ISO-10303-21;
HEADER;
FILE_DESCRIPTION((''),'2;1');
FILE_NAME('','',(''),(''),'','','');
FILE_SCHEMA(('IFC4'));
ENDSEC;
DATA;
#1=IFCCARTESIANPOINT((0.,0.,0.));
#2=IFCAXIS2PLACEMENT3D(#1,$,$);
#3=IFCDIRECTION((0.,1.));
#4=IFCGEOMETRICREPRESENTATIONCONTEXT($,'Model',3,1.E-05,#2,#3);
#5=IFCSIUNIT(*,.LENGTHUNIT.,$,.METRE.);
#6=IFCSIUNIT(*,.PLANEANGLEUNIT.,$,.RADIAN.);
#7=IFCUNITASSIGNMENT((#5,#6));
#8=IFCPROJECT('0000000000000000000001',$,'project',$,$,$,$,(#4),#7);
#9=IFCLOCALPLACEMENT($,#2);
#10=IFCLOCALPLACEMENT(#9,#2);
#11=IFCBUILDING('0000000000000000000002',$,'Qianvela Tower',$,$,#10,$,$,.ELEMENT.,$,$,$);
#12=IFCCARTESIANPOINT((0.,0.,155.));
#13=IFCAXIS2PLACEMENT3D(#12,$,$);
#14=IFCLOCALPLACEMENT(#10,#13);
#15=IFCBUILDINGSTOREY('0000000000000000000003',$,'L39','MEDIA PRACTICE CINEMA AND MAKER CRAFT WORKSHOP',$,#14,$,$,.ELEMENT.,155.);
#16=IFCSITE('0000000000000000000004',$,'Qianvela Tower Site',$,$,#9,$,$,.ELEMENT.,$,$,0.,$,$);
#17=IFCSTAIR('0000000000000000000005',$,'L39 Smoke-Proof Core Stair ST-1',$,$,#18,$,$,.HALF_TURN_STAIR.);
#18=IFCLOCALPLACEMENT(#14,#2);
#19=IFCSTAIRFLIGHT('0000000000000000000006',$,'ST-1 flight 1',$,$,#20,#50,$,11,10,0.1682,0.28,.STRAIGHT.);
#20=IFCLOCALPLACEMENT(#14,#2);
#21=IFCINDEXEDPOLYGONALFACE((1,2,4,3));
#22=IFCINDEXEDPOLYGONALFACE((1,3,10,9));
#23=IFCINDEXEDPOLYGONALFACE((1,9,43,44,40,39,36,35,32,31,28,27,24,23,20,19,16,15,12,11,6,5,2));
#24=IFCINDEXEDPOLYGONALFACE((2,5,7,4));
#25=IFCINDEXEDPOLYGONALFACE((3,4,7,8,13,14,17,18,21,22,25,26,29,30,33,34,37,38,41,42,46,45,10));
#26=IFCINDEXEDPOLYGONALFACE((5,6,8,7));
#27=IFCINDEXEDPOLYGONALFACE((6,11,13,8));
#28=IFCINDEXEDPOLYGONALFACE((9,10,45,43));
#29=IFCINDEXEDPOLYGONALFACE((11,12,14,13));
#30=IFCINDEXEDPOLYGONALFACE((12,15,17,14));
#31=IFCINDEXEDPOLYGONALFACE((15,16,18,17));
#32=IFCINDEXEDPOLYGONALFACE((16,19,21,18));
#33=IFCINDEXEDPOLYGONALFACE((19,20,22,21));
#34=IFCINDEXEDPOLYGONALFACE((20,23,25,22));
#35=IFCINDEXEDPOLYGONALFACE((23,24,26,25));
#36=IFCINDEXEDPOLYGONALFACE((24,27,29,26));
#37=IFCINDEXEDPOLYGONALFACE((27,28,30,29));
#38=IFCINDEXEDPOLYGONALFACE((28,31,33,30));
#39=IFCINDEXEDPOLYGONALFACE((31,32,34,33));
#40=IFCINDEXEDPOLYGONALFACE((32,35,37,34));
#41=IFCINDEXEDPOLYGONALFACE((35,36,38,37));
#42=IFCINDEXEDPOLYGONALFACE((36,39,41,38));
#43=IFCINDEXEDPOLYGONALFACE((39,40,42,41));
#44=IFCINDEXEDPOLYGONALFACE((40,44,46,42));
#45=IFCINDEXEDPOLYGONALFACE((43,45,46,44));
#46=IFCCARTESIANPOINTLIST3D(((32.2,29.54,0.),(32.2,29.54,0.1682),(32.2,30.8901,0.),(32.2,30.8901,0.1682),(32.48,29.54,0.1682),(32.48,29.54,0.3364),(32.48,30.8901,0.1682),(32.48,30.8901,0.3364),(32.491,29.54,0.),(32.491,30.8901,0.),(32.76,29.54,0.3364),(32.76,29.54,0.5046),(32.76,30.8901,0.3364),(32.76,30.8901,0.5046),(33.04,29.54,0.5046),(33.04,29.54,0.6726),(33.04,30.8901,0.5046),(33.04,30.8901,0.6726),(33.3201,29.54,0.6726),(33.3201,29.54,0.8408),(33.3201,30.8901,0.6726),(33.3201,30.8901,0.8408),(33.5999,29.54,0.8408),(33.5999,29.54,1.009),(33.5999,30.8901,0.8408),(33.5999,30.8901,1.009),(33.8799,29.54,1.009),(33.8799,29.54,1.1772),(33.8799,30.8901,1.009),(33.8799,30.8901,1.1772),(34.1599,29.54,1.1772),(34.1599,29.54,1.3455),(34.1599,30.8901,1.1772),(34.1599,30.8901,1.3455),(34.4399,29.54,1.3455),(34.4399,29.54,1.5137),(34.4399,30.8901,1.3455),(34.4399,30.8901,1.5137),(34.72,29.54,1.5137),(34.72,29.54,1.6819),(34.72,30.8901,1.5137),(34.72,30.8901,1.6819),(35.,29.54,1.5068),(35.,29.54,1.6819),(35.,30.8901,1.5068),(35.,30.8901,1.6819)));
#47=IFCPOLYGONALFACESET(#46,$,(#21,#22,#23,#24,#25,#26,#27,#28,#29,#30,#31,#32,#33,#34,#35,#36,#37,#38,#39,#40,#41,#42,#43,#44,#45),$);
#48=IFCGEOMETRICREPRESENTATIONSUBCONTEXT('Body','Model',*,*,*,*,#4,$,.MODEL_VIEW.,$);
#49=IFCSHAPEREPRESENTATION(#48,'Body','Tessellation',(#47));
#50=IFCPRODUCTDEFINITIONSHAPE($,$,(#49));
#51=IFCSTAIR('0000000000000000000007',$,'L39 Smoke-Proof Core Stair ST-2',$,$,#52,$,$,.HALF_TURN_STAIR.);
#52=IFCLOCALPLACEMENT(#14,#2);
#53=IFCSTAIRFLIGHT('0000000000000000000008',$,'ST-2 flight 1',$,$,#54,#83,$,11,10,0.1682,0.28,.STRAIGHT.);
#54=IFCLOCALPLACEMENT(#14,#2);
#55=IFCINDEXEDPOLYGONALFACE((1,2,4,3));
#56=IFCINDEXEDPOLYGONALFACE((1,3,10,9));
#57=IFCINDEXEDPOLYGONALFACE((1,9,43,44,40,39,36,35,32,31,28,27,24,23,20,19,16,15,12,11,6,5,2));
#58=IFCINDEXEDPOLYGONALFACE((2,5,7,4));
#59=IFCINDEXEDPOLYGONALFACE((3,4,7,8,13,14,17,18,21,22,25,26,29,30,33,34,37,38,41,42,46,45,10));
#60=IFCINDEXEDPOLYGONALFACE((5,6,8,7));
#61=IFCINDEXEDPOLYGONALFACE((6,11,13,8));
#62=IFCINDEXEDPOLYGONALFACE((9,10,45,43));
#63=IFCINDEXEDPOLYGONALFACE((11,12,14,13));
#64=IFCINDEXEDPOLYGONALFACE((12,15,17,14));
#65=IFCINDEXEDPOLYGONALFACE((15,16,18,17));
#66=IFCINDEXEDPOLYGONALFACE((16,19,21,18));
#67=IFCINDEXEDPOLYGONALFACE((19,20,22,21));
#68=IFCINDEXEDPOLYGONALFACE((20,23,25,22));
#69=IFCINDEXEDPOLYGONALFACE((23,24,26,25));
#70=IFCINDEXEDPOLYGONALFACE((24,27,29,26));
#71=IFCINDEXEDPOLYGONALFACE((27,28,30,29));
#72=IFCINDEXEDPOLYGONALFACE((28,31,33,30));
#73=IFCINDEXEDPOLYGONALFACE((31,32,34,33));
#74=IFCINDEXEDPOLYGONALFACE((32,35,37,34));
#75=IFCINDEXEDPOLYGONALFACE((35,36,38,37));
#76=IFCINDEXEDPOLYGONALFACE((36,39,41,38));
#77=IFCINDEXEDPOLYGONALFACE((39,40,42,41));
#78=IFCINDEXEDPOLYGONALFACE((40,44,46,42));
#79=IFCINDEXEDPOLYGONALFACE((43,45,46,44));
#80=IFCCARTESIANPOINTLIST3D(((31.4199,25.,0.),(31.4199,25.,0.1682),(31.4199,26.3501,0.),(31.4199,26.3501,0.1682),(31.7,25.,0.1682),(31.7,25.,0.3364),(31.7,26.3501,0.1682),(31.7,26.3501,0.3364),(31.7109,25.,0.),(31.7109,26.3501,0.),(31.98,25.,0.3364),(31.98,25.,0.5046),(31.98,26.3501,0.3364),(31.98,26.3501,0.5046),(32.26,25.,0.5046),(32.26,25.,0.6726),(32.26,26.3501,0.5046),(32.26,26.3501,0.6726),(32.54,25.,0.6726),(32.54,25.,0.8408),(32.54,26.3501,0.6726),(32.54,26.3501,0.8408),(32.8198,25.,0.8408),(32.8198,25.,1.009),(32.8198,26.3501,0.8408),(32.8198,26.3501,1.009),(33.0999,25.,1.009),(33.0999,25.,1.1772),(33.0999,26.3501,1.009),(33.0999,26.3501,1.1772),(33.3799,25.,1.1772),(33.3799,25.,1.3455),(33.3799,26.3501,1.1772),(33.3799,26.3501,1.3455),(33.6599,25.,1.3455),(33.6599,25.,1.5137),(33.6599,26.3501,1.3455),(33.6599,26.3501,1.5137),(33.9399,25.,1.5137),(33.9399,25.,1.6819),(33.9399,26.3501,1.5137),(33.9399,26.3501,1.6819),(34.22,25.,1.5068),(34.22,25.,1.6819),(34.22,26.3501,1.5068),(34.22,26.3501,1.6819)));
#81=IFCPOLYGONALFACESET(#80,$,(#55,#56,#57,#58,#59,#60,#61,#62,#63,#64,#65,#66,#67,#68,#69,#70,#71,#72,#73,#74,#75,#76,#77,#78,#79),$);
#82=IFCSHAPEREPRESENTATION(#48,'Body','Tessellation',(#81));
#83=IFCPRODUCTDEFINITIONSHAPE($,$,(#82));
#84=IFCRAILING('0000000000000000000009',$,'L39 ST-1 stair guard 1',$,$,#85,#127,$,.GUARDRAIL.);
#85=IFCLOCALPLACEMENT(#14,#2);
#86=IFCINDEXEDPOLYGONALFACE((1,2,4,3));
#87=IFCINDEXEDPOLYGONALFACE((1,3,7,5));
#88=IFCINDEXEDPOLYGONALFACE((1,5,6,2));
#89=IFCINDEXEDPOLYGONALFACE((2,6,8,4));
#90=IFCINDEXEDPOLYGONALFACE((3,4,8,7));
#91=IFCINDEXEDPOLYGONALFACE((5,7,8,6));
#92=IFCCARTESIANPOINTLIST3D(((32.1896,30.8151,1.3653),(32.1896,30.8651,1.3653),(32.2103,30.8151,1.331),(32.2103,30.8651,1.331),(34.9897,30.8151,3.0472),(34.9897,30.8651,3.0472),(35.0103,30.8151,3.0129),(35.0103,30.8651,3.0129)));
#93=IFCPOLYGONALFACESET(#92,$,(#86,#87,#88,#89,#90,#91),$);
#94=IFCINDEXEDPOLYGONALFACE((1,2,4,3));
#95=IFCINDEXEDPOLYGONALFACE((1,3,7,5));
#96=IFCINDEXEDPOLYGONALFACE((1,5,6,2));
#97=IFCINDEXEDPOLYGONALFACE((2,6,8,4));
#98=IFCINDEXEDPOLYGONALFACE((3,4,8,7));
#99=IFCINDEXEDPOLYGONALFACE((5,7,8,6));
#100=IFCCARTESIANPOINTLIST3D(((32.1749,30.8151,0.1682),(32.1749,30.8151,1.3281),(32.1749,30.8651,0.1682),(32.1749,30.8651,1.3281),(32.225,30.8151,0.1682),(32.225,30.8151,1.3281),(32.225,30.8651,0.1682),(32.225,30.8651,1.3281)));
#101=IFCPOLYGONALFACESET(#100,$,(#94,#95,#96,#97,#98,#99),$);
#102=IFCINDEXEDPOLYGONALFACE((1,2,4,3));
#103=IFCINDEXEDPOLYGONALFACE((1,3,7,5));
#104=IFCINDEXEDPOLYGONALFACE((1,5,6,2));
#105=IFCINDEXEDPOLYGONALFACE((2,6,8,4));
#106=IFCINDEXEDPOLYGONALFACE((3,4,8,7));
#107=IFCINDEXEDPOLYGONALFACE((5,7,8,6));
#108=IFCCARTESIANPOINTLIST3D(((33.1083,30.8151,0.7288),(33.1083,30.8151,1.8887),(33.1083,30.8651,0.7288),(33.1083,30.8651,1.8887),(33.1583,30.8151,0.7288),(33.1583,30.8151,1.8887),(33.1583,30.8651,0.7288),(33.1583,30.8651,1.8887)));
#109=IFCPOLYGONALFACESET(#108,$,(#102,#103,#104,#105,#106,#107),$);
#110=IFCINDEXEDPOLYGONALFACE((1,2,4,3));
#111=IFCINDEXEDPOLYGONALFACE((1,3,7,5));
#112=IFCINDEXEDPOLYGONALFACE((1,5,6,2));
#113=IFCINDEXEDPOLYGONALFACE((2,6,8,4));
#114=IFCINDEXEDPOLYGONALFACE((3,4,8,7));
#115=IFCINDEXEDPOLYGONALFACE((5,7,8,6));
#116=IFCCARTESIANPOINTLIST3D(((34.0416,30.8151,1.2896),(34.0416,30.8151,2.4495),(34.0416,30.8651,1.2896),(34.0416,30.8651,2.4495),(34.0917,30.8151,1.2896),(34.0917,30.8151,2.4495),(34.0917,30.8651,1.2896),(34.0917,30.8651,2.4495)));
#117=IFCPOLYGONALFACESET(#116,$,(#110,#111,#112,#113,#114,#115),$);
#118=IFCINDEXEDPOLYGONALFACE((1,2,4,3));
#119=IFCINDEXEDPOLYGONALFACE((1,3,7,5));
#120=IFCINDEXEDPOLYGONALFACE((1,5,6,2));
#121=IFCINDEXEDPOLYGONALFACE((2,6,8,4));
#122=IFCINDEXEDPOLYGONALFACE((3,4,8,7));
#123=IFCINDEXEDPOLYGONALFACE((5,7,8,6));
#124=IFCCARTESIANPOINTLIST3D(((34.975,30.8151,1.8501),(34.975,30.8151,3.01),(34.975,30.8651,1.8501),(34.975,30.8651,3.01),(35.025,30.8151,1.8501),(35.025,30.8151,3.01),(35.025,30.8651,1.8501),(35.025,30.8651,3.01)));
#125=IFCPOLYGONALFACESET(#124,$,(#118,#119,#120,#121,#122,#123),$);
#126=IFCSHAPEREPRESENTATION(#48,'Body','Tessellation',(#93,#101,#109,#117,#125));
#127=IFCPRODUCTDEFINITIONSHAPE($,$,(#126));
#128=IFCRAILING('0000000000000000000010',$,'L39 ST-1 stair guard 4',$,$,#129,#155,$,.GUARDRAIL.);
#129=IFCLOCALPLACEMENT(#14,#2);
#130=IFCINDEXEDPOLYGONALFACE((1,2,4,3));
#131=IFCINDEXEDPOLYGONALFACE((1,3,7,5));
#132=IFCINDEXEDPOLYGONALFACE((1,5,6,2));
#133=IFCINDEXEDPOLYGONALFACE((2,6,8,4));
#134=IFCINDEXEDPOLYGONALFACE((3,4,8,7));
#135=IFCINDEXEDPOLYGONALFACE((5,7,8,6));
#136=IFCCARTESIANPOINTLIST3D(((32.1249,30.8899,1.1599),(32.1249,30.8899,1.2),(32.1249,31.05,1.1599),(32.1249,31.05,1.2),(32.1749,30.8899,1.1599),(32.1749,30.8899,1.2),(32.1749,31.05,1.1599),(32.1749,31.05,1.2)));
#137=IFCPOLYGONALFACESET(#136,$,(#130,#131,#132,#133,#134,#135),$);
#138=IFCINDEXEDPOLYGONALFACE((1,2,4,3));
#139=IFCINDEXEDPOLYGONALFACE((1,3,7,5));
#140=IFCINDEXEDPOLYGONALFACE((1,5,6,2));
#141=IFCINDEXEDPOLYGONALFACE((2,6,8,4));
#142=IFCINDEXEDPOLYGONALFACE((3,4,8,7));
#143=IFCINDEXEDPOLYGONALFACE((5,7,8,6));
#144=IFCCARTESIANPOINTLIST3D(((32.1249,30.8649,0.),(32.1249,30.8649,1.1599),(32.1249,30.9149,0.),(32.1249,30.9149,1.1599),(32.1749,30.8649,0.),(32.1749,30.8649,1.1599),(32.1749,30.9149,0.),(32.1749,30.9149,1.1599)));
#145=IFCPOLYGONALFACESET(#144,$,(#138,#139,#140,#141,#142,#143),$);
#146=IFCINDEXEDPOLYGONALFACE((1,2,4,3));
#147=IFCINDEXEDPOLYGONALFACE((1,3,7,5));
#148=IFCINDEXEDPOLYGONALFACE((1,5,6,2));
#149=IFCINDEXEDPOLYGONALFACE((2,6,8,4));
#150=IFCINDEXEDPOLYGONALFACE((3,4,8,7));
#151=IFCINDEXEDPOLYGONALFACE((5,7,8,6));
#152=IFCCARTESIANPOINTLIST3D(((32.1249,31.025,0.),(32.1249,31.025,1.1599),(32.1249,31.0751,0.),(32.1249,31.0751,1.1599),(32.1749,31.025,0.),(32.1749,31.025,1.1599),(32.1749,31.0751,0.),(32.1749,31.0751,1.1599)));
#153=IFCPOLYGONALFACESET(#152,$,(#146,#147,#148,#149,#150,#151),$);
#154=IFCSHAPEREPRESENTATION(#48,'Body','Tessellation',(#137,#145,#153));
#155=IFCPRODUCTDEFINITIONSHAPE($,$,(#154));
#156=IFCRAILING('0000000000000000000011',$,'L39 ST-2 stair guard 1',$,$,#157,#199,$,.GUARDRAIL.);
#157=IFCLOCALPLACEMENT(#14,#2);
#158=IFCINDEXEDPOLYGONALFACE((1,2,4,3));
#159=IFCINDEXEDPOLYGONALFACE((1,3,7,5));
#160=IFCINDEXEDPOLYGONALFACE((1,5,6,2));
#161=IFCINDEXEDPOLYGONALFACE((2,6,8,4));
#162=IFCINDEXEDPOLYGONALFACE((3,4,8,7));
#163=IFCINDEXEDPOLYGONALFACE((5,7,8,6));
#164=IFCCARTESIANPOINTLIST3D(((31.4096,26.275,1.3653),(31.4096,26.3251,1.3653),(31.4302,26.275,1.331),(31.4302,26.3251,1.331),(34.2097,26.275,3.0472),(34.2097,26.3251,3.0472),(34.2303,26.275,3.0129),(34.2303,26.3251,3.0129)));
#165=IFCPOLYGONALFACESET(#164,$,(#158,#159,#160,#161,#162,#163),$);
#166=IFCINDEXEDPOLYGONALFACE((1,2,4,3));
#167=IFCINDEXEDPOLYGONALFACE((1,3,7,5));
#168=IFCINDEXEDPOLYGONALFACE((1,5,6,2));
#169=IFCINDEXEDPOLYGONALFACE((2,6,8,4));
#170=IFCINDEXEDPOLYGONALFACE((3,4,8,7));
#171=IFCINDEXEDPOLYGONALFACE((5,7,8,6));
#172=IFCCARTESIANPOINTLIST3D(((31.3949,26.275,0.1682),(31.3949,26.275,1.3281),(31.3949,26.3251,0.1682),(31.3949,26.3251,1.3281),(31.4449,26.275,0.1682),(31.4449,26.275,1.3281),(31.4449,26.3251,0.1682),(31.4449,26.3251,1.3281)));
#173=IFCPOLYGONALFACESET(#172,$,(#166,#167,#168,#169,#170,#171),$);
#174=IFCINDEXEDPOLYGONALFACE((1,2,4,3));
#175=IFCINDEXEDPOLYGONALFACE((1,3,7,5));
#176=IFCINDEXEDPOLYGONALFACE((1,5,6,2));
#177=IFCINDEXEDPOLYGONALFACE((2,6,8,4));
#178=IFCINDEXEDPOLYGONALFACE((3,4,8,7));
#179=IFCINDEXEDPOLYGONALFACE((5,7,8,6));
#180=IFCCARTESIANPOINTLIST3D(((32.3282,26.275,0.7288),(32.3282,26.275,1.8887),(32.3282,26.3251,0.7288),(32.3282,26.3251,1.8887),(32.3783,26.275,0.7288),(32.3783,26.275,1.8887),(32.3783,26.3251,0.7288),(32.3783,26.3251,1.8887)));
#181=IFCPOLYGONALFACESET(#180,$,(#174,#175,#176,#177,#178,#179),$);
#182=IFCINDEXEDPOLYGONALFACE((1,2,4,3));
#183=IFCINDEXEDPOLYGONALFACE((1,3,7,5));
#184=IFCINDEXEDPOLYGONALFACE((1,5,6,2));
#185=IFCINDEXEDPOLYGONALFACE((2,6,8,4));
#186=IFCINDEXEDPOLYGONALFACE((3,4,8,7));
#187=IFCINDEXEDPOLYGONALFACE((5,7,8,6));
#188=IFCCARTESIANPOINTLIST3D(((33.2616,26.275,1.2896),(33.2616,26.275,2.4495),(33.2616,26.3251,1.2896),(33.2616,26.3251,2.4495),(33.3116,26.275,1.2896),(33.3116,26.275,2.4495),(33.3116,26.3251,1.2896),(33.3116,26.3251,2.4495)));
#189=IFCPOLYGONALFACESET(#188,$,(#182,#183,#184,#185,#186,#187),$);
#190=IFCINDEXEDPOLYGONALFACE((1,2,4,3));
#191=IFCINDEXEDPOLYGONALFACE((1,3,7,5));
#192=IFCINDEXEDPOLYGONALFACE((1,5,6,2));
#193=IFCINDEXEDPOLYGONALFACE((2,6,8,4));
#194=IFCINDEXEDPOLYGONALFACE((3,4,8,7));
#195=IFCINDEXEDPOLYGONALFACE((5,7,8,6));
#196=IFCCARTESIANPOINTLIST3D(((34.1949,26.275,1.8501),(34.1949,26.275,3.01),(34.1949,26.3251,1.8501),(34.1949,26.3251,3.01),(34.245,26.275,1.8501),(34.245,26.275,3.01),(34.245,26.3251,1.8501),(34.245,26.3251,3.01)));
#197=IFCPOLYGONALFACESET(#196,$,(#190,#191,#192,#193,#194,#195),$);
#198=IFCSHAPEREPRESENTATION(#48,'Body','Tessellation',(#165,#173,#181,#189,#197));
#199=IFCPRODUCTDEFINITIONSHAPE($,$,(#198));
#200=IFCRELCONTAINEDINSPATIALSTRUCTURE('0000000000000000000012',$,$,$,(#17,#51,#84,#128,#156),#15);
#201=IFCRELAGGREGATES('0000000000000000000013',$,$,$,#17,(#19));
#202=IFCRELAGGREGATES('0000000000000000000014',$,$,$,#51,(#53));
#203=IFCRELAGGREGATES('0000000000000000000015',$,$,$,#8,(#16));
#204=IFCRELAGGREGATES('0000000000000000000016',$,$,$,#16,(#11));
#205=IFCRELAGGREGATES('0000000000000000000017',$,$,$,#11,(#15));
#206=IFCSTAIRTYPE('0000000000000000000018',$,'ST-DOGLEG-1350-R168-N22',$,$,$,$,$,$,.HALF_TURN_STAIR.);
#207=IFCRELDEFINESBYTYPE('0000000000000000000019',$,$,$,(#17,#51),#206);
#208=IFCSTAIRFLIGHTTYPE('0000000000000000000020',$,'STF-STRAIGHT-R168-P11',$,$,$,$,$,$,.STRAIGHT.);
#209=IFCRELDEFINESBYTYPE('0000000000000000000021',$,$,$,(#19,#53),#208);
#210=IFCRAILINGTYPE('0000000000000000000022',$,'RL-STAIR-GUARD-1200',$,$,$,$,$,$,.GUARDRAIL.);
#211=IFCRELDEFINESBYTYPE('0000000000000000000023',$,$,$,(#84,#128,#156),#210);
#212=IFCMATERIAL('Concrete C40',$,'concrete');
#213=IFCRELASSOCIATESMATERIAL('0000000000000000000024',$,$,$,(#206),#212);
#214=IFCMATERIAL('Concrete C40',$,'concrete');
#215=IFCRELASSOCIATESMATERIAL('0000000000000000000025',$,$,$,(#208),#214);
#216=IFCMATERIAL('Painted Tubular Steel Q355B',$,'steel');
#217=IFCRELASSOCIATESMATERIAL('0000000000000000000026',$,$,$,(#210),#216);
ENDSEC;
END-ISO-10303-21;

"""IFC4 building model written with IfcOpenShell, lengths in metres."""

from ifc_helpers import new_model, si_unit, direction, frame, origin, origin_2d, place, context, subcontext, project, spatial, polyline, rectangle, outline, extrude, material, type_object, element, aggregate, save


model = new_model("IFC4")

# Units and contexts
model_context = context("Model", 3, precision=1e-05, world=origin(), true_north=direction((0.0, 1.0)))
body_context = subcontext(model_context, "Body", "Model", "MODEL_VIEW")
ifc_project = project(units=[si_unit("LENGTHUNIT", "METRE"), si_unit("PLANEANGLEUNIT", "RADIAN")], contexts=[model_context])

# Site, building, storey
site_placement = place(None, origin())
site = spatial("IfcSite", under=ifc_project, at=site_placement, Name="Qianvela Tower Site", CompositionType="ELEMENT", RefElevation=0.0)
building_placement = place(site_placement, origin())
building = spatial("IfcBuilding", under=site, at=building_placement, Name="Qianvela Tower", CompositionType="ELEMENT")
storey_placement = place(building_placement, frame((0.0, 0.0, 155.0)))
storey = spatial("IfcBuildingStorey", under=building, at=storey_placement, Name="L39", Description="MEDIA PRACTICE CINEMA AND MAKER CRAFT WORKSHOP", CompositionType="ELEMENT", Elevation=155.0)

# Stairs, stair flights
ifc_material_1 = material(Name="Concrete C40", Category="concrete")
stair_type = type_object("IfcStairType", Name="ST-DOGLEG-1350-R168-N22", PredefinedType="HALF_TURN_STAIR", material=ifc_material_1)
stair_1_placement = place(storey_placement, origin())
stair_1 = element("IfcStair", 1, at=stair_1_placement, inside=storey, type_object=stair_type, Name="L39 Smoke-Proof Core Stair ST-1", PredefinedType="HALF_TURN_STAIR")
ifc_material_2 = material(Name="Concrete C40", Category="concrete")
stair_flight_type = type_object("IfcStairFlightType", Name="STF-STRAIGHT-R168-P11", PredefinedType="STRAIGHT", material=ifc_material_2)
stair_flight_1_placement = place(storey_placement, frame((32.2, 30.2151, 0.0), z_axis=(0.0, 0.0, 1.0), x_axis=(1.0, 0.0, 0.0)))
stair_flight_1 = element("IfcStairFlight", 2, at=stair_flight_1_placement, type_object=stair_flight_type, Name="ST-1 flight 1", NumberOfRisers=11, NumberOfTreads=10, PredefinedType="STRAIGHT", RiserHeight=0.1682, TreadLength=0.28, context=body_context, shape_type="SweptSolid", body=[
    extrude(outline(polyline([(0.0, 0.0), (0.0, 0.1682), (0.28, 0.1682), (0.28, 0.3364), (0.5601, 0.3364), (0.5601, 0.5046), (0.8401, 0.5046), (0.8401, 0.6726), (1.1201, 0.6726), (1.1201, 0.8408), (1.3999, 0.8408), (1.3999, 1.009), (1.6799, 1.009), (1.6799, 1.1772), (1.96, 1.1772), (1.96, 1.3455), (2.24, 1.3455), (2.24, 1.5137), (2.52, 1.5137), (2.52, 1.6819), (2.8, 1.6819), (2.8, 1.8501), (2.8, 1.5068), (0.291, 0.0), (0.0, 0.0)])), frame((0.0, 0.675, 0.0), z_axis=(0.0, -1.0, 0.0), x_axis=(1.0, 0.0, 0.0)), (0.0, 0.0, 1.0), 1.3501),
])
aggregate(stair_1, [stair_flight_1])
stair_2_placement = place(storey_placement, origin())
stair_2 = element("IfcStair", 3, at=stair_2_placement, inside=storey, type_object=stair_type, Name="L39 Smoke-Proof Core Stair ST-2", PredefinedType="HALF_TURN_STAIR")
stair_flight_2_placement = place(storey_placement, frame((31.4199, 25.675, 0.0), z_axis=(0.0, 0.0, 1.0), x_axis=(1.0, 0.0, 0.0)))
stair_flight_2 = element("IfcStairFlight", 4, at=stair_flight_2_placement, type_object=stair_flight_type, Name="ST-2 flight 1", NumberOfRisers=11, NumberOfTreads=10, PredefinedType="STRAIGHT", RiserHeight=0.1682, TreadLength=0.28, context=body_context, shape_type="SweptSolid", body=[
    extrude(outline(polyline([(0.0, 0.0), (0.0, 0.1682), (0.28, 0.1682), (0.28, 0.3364), (0.5601, 0.3364), (0.5601, 0.5046), (0.8401, 0.5046), (0.8401, 0.6726), (1.1201, 0.6726), (1.1201, 0.8408), (1.3999, 0.8408), (1.3999, 1.009), (1.6799, 1.009), (1.6799, 1.1772), (1.96, 1.1772), (1.96, 1.3455), (2.24, 1.3455), (2.24, 1.5137), (2.52, 1.5137), (2.52, 1.6819), (2.8, 1.6819), (2.8, 1.8501), (2.8, 1.5068), (0.291, 0.0), (0.0, 0.0)])), frame((0.0, 0.675, 0.0), z_axis=(0.0, -1.0, 0.0), x_axis=(1.0, 0.0, 0.0)), (0.0, 0.0, 1.0), 1.3501),
])
aggregate(stair_2, [stair_flight_2])

# Railings
ifc_material_3 = material(Name="Painted Tubular Steel Q355B", Category="steel")
railing_type_1 = type_object("IfcRailingType", Name="RL-STAIR-GUARD-1200", PredefinedType="GUARDRAIL", material=ifc_material_3)
railing_1_placement = place(storey_placement, frame((32.2, 30.8401, 0.1682)))
element("IfcRailing", 5, at=railing_1_placement, inside=storey, type_object=railing_type_1, Name="L39 ST-1 stair guard 1", PredefinedType="GUARDRAIL", context=body_context, shape_type="SweptSolid", body=[
    extrude(rectangle(XDim=0.05, YDim=0.04, at=origin_2d()), frame((0.0, 0.0, 1.1799), z_axis=(0.857242, 0.0, 0.514913), x_axis=(0.0, 1.0, 0.0)), (0.0, 0.0, 1.0), 3.2664),
    extrude(rectangle(XDim=0.05, YDim=0.05, at=origin_2d()), origin(), (0.0, 0.0, 1.0), 1.1599),
    extrude(rectangle(XDim=0.05, YDim=0.05, at=origin_2d()), frame((0.9333, 0.0, 0.5605)), (0.0, 0.0, 1.0), 1.1599),
    extrude(rectangle(XDim=0.05, YDim=0.05, at=origin_2d()), frame((1.8667, 0.0, 1.1213)), (0.0, 0.0, 1.0), 1.1599),
    extrude(rectangle(XDim=0.05, YDim=0.05, at=origin_2d()), frame((2.8, 0.0, 1.6819)), (0.0, 0.0, 1.0), 1.1599),
])
railing_2_placement = place(storey_placement, frame((32.1499, 30.8899, 0.0)))
element("IfcRailing", 6, at=railing_2_placement, inside=storey, type_object=railing_type_1, Name="L39 ST-1 stair guard 4", PredefinedType="GUARDRAIL", context=body_context, shape_type="SweptSolid", body=[
    extrude(rectangle(XDim=0.05, YDim=0.04, at=origin_2d()), frame((0.0, 0.0, 1.1799), z_axis=(0.0, 1.0, 0.0), x_axis=(-1.0, 0.0, 0.0)), (0.0, 0.0, 1.0), 0.1602),
    extrude(rectangle(XDim=0.05, YDim=0.05, at=origin_2d()), origin(), (0.0, 0.0, 1.0), 1.1599),
    extrude(rectangle(XDim=0.05, YDim=0.05, at=origin_2d()), frame((0.0, 0.1602, 0.0)), (0.0, 0.0, 1.0), 1.1599),
])
railing_3_placement = place(storey_placement, frame((31.4199, 26.3, 0.1682)))
element("IfcRailing", 7, at=railing_3_placement, inside=storey, type_object=railing_type_1, Name="L39 ST-2 stair guard 1", PredefinedType="GUARDRAIL", context=body_context, shape_type="SweptSolid", body=[
    extrude(rectangle(XDim=0.05, YDim=0.04, at=origin_2d()), frame((0.0, 0.0, 1.1799), z_axis=(0.857242, 0.0, 0.514913), x_axis=(0.0, 1.0, 0.0)), (0.0, 0.0, 1.0), 3.2664),
    extrude(rectangle(XDim=0.05, YDim=0.05, at=origin_2d()), origin(), (0.0, 0.0, 1.0), 1.1599),
    extrude(rectangle(XDim=0.05, YDim=0.05, at=origin_2d()), frame((0.9333, 0.0, 0.5605)), (0.0, 0.0, 1.0), 1.1599),
    extrude(rectangle(XDim=0.05, YDim=0.05, at=origin_2d()), frame((1.8667, 0.0, 1.1213)), (0.0, 0.0, 1.0), 1.1599),
    extrude(rectangle(XDim=0.05, YDim=0.05, at=origin_2d()), frame((2.8, 0.0, 1.6819)), (0.0, 0.0, 1.0), 1.1599),
])

save(model, "model.ifc")
